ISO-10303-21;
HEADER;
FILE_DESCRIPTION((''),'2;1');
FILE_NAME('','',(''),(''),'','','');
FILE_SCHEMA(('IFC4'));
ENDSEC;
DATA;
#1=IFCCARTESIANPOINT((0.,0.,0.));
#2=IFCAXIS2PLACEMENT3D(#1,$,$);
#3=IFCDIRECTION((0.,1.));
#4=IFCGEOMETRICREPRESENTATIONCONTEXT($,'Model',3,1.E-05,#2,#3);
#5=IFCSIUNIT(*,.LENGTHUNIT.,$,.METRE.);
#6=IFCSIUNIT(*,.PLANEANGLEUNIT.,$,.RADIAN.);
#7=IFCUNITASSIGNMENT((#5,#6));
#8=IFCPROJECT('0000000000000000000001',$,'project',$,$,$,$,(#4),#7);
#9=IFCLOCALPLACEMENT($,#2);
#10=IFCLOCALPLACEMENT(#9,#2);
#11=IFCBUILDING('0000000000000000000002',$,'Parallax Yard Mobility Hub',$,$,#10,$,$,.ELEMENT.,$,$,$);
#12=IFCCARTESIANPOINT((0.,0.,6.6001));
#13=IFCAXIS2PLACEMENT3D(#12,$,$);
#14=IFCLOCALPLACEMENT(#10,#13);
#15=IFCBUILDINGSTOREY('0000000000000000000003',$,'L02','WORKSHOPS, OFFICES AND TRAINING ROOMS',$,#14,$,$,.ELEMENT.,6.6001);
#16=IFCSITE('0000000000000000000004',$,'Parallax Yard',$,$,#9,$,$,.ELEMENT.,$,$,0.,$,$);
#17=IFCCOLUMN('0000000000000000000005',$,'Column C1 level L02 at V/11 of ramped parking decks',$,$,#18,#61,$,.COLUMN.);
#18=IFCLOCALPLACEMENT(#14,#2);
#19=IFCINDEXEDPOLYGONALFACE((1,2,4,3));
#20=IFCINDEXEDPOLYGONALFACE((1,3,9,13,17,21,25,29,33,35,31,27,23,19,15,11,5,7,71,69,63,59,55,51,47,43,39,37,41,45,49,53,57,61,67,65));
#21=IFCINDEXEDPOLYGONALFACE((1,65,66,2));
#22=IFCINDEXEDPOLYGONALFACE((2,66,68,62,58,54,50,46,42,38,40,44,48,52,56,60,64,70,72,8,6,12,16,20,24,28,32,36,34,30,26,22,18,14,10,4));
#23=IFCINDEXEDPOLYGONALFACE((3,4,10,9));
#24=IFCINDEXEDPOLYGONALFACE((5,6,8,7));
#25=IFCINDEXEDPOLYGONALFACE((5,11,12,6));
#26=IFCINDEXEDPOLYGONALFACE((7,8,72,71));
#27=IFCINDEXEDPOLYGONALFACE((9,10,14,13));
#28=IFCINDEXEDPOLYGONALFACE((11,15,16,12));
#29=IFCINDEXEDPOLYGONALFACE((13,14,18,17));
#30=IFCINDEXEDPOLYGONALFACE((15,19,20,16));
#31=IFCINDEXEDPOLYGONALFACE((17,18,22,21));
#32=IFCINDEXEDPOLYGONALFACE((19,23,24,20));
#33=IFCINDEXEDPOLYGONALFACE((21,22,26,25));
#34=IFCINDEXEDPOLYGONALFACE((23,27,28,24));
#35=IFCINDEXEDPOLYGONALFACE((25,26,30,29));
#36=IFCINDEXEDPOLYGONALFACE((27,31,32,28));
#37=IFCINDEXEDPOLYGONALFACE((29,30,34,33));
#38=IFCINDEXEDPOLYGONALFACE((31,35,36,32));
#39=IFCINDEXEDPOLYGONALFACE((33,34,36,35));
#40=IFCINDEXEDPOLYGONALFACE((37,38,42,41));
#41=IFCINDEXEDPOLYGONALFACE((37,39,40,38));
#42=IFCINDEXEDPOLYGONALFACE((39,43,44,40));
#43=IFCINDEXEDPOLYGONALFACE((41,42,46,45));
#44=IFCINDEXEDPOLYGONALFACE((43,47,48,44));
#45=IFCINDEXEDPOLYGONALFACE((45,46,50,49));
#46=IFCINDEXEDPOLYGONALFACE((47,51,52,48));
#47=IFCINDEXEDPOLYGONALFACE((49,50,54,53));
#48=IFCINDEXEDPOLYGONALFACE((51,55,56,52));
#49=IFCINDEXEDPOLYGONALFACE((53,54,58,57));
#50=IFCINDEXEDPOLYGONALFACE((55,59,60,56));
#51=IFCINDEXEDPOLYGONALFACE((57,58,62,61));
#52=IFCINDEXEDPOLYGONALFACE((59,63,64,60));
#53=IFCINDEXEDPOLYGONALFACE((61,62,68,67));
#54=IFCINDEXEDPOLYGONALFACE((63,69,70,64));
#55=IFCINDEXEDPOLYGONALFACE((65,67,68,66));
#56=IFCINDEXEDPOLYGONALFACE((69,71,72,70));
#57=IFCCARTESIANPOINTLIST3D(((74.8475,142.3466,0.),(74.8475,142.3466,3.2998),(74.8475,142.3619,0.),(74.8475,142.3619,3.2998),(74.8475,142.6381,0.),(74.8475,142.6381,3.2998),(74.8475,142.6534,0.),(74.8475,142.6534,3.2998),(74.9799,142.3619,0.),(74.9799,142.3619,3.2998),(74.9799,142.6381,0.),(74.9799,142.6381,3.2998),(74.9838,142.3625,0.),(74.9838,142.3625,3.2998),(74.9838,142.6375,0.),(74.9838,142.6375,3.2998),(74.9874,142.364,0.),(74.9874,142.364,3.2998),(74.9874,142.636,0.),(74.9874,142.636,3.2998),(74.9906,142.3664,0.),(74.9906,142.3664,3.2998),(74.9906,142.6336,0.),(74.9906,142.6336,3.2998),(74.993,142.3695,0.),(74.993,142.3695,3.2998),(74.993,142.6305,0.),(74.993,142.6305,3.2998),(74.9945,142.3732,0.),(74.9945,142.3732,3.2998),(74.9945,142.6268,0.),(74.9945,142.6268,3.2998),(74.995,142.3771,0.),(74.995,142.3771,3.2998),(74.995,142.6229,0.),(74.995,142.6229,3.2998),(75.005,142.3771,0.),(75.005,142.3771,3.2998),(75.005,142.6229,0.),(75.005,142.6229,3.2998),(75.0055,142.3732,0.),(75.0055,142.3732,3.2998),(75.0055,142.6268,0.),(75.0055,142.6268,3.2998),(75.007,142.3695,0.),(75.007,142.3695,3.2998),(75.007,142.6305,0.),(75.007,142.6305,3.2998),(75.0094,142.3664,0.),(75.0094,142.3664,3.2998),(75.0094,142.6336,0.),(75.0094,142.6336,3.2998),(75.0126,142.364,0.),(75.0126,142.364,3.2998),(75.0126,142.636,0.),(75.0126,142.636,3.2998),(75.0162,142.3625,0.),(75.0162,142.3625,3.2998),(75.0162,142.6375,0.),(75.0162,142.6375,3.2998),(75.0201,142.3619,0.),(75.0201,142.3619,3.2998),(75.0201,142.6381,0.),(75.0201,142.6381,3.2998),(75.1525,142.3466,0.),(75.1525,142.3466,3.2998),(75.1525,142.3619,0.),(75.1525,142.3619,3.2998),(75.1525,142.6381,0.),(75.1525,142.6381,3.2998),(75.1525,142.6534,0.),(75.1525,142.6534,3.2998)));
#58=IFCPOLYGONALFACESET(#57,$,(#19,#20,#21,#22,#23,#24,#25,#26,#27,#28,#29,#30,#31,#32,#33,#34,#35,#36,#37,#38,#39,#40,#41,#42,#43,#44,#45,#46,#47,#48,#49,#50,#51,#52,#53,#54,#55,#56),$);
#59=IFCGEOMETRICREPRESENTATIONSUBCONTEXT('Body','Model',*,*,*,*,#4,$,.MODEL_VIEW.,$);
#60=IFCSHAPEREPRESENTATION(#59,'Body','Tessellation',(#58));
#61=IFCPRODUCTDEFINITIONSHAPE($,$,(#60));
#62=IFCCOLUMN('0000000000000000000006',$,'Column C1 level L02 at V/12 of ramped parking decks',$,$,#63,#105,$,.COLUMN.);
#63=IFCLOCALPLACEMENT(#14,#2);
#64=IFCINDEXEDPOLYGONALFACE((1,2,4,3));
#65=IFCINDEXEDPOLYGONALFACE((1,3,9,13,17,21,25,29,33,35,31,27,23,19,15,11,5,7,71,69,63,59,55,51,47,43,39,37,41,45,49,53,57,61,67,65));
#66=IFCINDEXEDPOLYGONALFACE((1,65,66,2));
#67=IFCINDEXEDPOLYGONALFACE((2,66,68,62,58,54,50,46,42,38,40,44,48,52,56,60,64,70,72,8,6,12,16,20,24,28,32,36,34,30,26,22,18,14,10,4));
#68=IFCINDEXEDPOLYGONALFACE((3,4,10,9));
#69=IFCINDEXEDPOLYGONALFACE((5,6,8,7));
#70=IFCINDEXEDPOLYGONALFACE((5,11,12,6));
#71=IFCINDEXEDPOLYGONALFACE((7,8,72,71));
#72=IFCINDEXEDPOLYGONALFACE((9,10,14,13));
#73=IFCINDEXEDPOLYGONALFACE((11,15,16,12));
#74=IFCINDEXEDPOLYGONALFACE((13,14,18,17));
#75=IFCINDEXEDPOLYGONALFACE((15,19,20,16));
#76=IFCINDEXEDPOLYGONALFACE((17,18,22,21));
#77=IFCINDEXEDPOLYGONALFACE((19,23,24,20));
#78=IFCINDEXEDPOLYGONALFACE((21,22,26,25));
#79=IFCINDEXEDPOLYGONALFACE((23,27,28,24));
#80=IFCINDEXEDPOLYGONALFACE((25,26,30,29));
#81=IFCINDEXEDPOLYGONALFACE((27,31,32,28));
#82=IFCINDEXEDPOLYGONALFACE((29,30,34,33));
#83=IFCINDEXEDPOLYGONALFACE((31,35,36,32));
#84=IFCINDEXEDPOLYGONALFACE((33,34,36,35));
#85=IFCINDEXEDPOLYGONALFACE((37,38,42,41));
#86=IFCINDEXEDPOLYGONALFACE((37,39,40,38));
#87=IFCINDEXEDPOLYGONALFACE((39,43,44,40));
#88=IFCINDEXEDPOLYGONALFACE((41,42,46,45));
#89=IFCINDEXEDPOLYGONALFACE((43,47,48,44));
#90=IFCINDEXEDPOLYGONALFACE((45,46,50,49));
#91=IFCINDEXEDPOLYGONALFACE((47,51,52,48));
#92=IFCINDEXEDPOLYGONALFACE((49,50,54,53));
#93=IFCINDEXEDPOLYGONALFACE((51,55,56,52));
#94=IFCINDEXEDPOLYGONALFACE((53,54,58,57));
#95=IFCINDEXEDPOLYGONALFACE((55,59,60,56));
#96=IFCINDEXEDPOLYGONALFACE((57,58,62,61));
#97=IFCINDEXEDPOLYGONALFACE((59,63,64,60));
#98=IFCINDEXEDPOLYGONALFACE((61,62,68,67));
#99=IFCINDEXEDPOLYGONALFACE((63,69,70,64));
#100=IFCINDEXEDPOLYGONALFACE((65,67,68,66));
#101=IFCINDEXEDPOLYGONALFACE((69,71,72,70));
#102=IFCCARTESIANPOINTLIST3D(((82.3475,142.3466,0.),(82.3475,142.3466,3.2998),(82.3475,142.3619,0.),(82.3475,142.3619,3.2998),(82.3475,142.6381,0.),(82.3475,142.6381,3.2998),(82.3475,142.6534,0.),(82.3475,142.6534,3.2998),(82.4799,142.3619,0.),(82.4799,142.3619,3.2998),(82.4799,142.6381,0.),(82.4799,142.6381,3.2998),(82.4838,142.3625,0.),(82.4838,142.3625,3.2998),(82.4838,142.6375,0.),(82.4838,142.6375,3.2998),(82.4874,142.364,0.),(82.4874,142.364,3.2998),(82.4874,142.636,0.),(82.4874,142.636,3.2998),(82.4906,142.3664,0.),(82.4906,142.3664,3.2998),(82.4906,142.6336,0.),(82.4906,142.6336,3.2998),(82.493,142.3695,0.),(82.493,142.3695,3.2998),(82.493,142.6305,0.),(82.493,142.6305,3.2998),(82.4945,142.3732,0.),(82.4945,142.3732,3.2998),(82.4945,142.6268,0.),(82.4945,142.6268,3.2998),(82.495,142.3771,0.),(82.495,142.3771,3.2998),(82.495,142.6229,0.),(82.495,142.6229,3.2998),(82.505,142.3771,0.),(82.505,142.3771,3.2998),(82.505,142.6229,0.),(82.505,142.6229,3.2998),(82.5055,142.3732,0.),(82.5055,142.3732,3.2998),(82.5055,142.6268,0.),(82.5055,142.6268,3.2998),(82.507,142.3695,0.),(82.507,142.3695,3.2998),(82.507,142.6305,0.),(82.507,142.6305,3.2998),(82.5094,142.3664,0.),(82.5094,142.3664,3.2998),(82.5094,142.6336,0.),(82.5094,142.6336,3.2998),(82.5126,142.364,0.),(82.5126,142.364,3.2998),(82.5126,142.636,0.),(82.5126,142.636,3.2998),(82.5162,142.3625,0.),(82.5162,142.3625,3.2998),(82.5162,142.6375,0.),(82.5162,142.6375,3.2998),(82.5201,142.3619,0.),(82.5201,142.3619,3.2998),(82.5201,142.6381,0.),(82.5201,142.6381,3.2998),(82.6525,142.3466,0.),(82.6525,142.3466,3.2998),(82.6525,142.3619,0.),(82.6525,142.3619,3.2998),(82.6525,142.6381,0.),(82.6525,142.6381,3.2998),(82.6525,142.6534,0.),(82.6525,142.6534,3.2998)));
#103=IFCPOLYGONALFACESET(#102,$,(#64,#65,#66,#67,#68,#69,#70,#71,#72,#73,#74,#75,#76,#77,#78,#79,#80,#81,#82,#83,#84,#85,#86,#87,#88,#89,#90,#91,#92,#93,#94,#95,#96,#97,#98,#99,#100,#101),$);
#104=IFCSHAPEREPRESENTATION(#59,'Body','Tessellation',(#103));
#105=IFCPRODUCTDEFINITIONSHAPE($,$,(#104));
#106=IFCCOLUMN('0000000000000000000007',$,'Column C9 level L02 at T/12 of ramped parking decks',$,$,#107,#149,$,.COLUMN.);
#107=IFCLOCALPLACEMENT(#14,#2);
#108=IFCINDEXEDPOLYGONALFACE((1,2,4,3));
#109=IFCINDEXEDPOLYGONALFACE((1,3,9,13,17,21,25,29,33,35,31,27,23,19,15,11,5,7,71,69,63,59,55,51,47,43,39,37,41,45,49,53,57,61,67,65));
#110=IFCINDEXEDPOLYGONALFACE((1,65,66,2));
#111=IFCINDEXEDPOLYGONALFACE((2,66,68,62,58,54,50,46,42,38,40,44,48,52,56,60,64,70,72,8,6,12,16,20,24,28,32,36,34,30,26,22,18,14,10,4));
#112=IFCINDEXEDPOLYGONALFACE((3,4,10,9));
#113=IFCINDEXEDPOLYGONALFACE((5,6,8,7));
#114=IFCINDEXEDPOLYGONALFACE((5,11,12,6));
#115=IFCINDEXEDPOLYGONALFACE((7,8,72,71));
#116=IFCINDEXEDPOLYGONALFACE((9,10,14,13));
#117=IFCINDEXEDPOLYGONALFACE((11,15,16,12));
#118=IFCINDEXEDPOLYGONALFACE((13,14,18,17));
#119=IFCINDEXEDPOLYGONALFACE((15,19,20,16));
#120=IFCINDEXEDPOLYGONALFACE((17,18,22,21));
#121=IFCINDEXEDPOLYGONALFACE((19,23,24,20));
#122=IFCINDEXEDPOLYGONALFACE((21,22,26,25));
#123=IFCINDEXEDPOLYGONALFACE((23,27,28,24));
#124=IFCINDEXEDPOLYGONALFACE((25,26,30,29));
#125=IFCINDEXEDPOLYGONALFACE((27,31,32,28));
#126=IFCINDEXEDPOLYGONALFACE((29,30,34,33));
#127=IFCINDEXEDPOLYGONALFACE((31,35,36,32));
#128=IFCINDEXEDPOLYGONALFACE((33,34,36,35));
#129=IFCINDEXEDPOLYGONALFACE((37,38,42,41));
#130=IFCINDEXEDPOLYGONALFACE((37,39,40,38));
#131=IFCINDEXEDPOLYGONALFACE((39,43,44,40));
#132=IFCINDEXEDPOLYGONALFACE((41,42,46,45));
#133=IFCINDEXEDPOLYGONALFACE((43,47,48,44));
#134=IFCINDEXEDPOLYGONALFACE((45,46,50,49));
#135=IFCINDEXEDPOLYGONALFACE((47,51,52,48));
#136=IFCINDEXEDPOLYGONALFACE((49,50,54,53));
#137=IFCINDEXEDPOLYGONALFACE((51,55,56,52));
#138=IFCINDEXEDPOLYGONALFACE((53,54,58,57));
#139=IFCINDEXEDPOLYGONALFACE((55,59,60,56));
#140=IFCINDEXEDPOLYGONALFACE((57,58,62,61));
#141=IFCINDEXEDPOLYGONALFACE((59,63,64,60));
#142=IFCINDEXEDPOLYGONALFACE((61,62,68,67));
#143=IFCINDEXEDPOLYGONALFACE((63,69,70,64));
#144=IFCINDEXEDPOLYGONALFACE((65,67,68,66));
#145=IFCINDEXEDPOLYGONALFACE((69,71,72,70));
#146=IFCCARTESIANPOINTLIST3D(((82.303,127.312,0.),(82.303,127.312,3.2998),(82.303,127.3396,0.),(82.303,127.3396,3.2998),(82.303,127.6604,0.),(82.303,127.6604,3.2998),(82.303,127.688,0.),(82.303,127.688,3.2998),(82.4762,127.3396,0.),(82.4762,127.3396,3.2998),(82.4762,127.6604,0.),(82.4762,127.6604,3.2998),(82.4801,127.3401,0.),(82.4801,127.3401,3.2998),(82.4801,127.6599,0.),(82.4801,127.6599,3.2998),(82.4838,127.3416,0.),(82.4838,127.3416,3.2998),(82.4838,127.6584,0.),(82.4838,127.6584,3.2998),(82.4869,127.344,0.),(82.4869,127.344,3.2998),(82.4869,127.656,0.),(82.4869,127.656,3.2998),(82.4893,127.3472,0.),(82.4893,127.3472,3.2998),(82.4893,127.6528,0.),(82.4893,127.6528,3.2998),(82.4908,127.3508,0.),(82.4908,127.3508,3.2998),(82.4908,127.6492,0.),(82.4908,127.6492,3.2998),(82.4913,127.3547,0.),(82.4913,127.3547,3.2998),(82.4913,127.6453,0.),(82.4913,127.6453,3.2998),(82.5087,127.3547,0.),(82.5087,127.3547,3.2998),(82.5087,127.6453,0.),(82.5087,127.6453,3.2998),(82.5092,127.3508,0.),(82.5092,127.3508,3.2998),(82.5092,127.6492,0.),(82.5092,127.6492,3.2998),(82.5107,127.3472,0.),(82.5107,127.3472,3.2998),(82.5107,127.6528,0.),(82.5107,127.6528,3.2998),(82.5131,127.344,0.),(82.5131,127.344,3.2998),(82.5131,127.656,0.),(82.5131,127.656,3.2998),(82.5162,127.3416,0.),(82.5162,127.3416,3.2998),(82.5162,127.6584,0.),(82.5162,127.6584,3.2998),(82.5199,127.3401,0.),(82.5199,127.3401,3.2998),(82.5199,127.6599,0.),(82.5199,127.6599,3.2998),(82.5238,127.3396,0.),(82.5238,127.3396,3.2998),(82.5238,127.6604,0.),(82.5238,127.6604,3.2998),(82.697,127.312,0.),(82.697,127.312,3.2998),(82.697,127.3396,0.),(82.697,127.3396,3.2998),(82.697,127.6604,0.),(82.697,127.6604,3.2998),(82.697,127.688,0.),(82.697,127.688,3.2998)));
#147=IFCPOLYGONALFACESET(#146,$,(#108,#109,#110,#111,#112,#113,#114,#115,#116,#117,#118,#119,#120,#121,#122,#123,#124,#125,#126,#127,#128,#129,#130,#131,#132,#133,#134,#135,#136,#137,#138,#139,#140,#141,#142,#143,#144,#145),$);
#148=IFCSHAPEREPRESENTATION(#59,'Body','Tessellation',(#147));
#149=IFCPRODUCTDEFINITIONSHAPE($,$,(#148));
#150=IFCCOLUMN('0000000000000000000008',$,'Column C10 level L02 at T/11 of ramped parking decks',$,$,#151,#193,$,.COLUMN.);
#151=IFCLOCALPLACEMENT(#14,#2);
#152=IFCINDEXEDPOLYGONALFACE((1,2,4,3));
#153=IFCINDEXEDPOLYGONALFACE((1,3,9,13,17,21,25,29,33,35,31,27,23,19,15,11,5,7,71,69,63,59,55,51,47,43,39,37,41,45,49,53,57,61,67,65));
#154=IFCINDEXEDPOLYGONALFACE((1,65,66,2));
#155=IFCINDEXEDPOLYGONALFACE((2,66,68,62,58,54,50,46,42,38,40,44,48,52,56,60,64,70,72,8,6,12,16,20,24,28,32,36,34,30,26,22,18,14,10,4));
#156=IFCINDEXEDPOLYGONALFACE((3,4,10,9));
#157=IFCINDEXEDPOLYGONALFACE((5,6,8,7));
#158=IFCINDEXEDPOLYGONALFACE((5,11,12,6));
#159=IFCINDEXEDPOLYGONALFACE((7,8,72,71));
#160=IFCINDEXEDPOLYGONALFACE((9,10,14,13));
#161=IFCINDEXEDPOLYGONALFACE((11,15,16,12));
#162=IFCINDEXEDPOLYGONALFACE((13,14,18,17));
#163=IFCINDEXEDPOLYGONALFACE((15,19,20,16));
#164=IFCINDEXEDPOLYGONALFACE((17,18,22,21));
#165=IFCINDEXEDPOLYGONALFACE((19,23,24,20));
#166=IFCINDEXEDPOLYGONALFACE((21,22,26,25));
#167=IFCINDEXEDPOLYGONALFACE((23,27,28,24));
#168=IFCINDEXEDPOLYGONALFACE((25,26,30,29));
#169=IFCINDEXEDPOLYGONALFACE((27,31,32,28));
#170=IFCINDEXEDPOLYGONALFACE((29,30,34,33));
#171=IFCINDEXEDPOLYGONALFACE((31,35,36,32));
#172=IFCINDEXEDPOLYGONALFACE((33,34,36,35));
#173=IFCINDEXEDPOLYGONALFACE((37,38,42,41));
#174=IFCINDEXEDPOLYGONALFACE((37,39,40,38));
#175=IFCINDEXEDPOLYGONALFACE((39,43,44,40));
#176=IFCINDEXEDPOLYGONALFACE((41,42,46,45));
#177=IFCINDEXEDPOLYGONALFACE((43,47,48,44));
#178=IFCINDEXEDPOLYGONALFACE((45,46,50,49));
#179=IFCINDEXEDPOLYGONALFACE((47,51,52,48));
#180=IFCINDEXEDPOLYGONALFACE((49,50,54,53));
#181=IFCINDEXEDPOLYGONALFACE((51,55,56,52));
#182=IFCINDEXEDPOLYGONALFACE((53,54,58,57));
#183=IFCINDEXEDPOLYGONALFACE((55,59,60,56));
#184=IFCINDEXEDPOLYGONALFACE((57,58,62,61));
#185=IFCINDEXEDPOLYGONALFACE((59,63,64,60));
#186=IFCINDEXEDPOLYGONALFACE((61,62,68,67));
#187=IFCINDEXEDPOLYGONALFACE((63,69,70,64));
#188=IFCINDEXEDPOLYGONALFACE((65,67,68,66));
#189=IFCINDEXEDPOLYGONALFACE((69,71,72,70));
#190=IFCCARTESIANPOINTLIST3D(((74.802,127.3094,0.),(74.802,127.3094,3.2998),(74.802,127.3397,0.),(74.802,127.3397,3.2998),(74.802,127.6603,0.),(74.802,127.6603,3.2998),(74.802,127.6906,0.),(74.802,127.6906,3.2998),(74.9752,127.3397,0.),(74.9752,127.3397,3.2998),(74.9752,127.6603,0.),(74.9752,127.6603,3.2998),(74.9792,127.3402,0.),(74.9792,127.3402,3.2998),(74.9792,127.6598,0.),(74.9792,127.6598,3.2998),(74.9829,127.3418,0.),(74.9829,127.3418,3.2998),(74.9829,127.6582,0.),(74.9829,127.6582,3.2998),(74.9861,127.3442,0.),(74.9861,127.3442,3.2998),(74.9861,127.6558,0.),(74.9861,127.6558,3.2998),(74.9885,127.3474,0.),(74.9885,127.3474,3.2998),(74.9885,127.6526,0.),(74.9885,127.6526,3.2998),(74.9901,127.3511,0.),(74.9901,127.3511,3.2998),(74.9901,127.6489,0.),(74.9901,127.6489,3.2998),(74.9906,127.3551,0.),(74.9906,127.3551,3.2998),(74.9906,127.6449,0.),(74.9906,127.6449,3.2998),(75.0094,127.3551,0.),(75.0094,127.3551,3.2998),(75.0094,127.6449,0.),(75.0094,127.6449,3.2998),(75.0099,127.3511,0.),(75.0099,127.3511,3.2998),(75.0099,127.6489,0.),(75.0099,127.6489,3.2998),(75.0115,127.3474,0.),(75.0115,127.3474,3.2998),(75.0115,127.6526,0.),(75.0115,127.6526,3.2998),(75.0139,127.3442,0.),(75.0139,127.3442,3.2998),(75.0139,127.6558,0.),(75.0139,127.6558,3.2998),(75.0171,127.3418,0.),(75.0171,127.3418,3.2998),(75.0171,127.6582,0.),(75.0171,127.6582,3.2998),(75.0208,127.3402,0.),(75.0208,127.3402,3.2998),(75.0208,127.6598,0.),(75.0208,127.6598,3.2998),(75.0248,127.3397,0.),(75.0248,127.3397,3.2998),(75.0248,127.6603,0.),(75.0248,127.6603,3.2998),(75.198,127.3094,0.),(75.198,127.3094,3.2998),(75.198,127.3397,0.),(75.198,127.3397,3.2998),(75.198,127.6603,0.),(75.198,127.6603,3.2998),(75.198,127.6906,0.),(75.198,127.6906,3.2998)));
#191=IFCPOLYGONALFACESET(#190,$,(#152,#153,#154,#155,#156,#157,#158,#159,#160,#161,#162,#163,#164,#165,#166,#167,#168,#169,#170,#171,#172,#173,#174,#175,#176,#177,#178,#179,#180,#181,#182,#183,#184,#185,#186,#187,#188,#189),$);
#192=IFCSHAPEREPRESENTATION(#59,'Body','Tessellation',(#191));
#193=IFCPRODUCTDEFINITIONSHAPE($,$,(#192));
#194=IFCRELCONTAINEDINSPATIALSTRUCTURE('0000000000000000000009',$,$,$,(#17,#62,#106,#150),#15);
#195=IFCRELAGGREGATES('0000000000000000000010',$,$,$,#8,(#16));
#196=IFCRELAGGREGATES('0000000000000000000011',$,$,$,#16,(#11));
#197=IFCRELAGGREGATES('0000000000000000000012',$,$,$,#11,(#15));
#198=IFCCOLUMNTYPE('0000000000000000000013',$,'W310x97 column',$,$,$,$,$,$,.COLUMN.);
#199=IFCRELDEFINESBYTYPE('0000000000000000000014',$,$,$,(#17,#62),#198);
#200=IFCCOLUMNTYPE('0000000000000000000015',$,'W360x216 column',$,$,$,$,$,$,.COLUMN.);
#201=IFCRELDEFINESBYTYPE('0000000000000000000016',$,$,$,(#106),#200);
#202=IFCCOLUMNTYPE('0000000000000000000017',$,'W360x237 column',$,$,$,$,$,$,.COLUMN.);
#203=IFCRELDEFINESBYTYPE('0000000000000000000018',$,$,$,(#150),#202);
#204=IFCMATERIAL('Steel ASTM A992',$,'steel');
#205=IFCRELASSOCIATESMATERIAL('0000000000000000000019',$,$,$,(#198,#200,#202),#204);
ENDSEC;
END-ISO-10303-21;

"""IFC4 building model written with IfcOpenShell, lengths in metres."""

from ifc_helpers import new_model, si_unit, direction, frame, origin, origin_2d, place, context, subcontext, project, spatial, i_section, extrude, material, material_profile, profile_set, type_object, element, save


model = new_model("IFC4")

# Units and contexts
model_context = context("Model", 3, precision=1e-05, world=origin(), true_north=direction((0.0, 1.0)))
body_context = subcontext(model_context, "Body", "Model", "MODEL_VIEW")
ifc_project = project(units=[si_unit("LENGTHUNIT", "METRE"), si_unit("PLANEANGLEUNIT", "RADIAN")], contexts=[model_context])

# Site, building, storey
site_placement = place(None, origin())
site = spatial("IfcSite", under=ifc_project, at=site_placement, Name="Parallax Yard", CompositionType="ELEMENT", RefElevation=0.0)
building_placement = place(site_placement, origin())
building = spatial("IfcBuilding", under=site, at=building_placement, Name="Parallax Yard Mobility Hub", CompositionType="ELEMENT")
storey_placement = place(building_placement, frame((0.0, 0.0, 6.6001)))
storey = spatial("IfcBuildingStorey", under=building, at=storey_placement, Name="L02", Description="WORKSHOPS, OFFICES AND TRAINING ROOMS", CompositionType="ELEMENT", Elevation=6.6001)

# Columns
ifc_material_1 = material(Name="Steel ASTM A992", Category="steel")
ifc_material_profile_1 = material_profile(ifc_material_1, i_section(OverallWidth=0.3049, OverallDepth=0.3069, WebThickness=0.01, FlangeThickness=0.0154, FilletRadius=0.0151, at=origin_2d()), Name="W310x97")
ifc_profile_set_1 = profile_set([ifc_material_profile_1], Name="Steel ASTM A992")
column_type_1 = type_object("IfcColumnType", Name="W310x97 column", PredefinedType="COLUMN", material=ifc_profile_set_1)
for number, where, z_axis, x_axis, name in (
    (1, (75.0, 142.5, 0.0), (0.0, 0.0, 1.0), (1.0, 0.0, 0.0), "Column C1 level L02 at V/11 of ramped parking decks"),
    (2, (82.5, 142.5, 0.0), (0.0, 0.0, 1.0), (1.0, 0.0, 0.0), "Column C1 level L02 at V/12 of ramped parking decks"),
):
    element("IfcColumn", number, at=place(storey_placement, frame(where, z_axis=z_axis, x_axis=x_axis)), inside=storey, type_object=column_type_1, Name=name, PredefinedType="COLUMN", context=body_context, shape_type="SweptSolid", body=[
        extrude(i_section(OverallWidth=0.3049, OverallDepth=0.3069, WebThickness=0.01, FlangeThickness=0.0154, FilletRadius=0.0151, at=origin_2d()), origin(), (0.0, 0.0, 1.0), 3.2998),
    ])
ifc_material_profile_2 = material_profile(ifc_material_1, i_section(OverallWidth=0.394, OverallDepth=0.376, WebThickness=0.0173, FlangeThickness=0.0276, FilletRadius=0.0151, at=origin_2d()), Name="W360x216")
ifc_profile_set_2 = profile_set([ifc_material_profile_2], Name="Steel ASTM A992")
column_type_2 = type_object("IfcColumnType", Name="W360x216 column", PredefinedType="COLUMN", material=ifc_profile_set_2)
column_1_placement = place(storey_placement, frame((82.5, 127.5, 0.0), z_axis=(0.0, 0.0, 1.0), x_axis=(1.0, 0.0, 0.0)))
element("IfcColumn", 3, at=column_1_placement, inside=storey, type_object=column_type_2, Name="Column C9 level L02 at T/12 of ramped parking decks", PredefinedType="COLUMN", context=body_context, shape_type="SweptSolid", body=[
    extrude(i_section(OverallWidth=0.394, OverallDepth=0.376, WebThickness=0.0173, FlangeThickness=0.0276, FilletRadius=0.0151, at=origin_2d()), origin(), (0.0, 0.0, 1.0), 3.2998),
])
ifc_material_profile_3 = material_profile(ifc_material_1, i_section(OverallWidth=0.396, OverallDepth=0.3811, WebThickness=0.0188, FlangeThickness=0.0303, FilletRadius=0.0154, at=origin_2d()), Name="W360x237")
ifc_profile_set_3 = profile_set([ifc_material_profile_3], Name="Steel ASTM A992")
column_type_3 = type_object("IfcColumnType", Name="W360x237 column", PredefinedType="COLUMN", material=ifc_profile_set_3)
column_2_placement = place(storey_placement, frame((75.0, 127.5, 0.0), z_axis=(0.0, 0.0, 1.0), x_axis=(1.0, 0.0, 0.0)))
element("IfcColumn", 4, at=column_2_placement, inside=storey, type_object=column_type_3, Name="Column C10 level L02 at T/11 of ramped parking decks", PredefinedType="COLUMN", context=body_context, shape_type="SweptSolid", body=[
    extrude(i_section(OverallWidth=0.396, OverallDepth=0.3811, WebThickness=0.0188, FlangeThickness=0.0303, FilletRadius=0.0154, at=origin_2d()), origin(), (0.0, 0.0, 1.0), 3.2998),
])

save(model, "model.ifc")
